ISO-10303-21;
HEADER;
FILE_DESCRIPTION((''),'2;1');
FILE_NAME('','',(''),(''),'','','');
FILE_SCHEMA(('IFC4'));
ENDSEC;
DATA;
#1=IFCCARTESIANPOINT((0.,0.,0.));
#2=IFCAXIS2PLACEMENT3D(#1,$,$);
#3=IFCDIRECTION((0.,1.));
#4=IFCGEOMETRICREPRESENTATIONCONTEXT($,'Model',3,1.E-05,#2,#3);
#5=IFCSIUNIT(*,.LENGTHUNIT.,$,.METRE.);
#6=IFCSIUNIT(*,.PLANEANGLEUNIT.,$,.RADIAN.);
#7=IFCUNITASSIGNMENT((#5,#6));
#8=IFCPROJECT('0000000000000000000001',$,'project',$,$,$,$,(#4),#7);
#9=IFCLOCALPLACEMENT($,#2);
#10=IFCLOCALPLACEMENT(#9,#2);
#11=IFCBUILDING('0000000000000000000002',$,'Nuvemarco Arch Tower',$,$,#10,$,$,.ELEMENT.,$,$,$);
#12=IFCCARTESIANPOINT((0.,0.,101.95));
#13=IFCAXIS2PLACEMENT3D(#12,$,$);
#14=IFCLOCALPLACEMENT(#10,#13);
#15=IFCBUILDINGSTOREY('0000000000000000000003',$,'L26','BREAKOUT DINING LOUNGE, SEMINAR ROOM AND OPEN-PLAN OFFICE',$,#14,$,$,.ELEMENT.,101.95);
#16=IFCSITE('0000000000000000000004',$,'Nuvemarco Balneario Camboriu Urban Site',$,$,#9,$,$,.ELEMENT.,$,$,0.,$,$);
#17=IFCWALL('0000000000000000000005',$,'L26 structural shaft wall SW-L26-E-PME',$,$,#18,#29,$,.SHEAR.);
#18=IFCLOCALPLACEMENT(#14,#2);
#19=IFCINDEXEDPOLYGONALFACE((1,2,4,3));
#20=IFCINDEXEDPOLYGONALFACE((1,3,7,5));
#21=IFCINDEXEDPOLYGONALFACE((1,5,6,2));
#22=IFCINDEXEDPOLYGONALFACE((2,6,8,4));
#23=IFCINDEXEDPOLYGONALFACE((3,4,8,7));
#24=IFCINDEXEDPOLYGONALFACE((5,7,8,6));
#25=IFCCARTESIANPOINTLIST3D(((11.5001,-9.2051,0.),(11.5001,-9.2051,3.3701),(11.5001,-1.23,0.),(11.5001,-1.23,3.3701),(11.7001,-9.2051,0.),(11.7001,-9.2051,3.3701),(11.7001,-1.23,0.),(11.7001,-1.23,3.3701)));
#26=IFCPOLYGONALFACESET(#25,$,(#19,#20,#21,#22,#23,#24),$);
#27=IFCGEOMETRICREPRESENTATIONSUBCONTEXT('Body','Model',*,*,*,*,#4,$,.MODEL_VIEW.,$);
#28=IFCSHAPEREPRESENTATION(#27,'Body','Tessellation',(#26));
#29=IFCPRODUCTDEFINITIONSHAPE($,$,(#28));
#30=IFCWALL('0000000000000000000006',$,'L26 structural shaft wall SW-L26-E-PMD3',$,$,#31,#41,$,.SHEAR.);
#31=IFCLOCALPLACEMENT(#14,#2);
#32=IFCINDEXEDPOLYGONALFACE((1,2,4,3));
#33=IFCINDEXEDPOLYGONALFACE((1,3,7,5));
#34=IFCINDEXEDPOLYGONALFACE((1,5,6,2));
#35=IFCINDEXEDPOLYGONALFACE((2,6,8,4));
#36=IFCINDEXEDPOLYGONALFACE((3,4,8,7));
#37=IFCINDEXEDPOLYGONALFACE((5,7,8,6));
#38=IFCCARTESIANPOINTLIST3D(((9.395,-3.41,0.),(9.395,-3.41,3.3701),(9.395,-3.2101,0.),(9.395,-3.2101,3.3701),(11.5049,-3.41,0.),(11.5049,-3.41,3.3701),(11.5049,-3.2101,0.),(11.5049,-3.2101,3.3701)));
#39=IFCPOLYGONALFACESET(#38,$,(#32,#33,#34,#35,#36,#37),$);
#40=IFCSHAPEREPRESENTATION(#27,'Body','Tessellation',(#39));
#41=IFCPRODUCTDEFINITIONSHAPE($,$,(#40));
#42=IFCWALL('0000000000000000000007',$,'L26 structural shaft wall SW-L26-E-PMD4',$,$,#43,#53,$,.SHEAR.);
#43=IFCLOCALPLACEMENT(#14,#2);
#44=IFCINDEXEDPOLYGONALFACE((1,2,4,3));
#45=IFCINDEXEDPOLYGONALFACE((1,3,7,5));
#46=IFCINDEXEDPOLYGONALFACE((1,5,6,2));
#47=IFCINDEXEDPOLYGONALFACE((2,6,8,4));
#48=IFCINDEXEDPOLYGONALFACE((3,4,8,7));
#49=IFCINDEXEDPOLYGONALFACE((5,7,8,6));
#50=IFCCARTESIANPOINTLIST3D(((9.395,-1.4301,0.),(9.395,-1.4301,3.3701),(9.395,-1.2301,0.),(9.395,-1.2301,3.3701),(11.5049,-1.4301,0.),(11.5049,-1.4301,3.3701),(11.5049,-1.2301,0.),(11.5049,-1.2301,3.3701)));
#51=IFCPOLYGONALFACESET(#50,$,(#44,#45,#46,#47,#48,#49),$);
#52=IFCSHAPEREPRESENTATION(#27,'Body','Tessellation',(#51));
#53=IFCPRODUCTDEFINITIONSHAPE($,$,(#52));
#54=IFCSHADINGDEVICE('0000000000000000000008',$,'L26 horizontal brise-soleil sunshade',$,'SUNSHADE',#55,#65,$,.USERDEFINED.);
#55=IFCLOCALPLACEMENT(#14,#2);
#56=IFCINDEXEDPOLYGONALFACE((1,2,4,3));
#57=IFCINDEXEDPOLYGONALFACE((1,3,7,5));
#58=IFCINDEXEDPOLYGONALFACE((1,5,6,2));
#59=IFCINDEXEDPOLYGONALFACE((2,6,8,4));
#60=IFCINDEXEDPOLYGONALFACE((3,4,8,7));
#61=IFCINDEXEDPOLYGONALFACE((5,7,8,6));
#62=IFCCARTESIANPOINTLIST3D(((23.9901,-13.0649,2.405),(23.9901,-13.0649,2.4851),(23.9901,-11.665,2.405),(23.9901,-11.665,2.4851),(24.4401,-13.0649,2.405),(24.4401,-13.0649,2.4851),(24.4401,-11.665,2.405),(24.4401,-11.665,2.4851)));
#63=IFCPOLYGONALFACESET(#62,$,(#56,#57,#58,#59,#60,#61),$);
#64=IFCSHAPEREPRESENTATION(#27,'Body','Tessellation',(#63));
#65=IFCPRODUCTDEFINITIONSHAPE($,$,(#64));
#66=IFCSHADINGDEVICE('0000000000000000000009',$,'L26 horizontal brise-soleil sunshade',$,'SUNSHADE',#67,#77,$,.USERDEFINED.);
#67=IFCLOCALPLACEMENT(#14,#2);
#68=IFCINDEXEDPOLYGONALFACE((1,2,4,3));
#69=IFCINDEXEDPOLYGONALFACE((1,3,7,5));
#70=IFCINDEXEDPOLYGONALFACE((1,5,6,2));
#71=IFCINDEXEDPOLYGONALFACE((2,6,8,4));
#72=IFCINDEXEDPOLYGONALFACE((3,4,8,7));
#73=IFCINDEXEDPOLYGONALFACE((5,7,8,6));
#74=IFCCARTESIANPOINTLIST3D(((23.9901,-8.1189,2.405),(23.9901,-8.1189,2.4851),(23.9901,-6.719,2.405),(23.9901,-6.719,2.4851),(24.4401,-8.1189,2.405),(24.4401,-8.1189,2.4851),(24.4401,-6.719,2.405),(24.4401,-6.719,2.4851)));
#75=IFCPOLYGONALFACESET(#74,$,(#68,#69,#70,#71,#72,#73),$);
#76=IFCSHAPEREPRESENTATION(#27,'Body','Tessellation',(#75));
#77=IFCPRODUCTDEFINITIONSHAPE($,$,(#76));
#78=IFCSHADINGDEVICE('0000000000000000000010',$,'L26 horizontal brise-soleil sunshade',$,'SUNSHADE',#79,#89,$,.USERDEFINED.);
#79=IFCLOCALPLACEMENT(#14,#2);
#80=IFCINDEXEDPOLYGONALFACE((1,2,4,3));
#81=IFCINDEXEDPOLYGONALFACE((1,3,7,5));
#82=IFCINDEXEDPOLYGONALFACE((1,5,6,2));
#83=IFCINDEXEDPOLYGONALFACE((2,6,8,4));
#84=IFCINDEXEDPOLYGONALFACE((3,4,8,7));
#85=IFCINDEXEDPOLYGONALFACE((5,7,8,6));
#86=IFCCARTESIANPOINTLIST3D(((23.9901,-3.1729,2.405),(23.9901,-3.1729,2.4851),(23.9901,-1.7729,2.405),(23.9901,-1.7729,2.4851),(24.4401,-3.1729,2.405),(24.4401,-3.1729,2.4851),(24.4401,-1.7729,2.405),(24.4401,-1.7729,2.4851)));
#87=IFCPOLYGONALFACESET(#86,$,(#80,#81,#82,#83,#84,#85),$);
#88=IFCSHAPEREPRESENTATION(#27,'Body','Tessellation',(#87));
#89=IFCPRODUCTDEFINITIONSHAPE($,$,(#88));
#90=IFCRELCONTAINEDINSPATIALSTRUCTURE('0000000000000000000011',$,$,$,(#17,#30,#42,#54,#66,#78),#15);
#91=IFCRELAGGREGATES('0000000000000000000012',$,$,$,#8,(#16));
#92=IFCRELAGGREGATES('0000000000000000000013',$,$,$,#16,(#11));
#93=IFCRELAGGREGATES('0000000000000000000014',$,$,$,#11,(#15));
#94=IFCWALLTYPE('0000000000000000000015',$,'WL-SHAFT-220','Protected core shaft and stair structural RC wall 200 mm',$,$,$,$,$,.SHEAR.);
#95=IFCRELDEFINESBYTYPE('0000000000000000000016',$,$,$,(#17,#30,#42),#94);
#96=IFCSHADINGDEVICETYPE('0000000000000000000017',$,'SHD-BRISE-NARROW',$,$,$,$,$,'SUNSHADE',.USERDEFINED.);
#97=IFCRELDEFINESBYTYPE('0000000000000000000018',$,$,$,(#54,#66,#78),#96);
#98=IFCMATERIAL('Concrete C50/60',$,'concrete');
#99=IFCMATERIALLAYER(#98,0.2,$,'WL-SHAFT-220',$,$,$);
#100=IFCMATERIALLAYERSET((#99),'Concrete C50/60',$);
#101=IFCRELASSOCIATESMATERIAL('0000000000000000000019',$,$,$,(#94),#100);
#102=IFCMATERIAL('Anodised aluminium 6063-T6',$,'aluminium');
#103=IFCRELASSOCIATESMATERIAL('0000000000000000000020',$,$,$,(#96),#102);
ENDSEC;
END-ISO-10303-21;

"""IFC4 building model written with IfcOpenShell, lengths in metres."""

from ifc_helpers import new_model, si_unit, direction, frame, frame_2d, origin, origin_2d, place, context, subcontext, project, spatial, rectangle, extrude, source, transform, mapped, material, layer, layer_set, type_object, type_shapes, element, save


model = new_model("IFC4")

# Units and contexts
model_context = context("Model", 3, precision=1e-05, world=origin(), true_north=direction((0.0, 1.0)))
body_context = subcontext(model_context, "Body", "Model", "MODEL_VIEW")
ifc_project = project(units=[si_unit("LENGTHUNIT", "METRE"), si_unit("PLANEANGLEUNIT", "RADIAN")], contexts=[model_context])

# Site, building, storey
site_placement = place(None, origin())
site = spatial("IfcSite", under=ifc_project, at=site_placement, Name="Nuvemarco Balneario Camboriu Urban Site", CompositionType="ELEMENT", RefElevation=0.0)
building_placement = place(site_placement, origin())
building = spatial("IfcBuilding", under=site, at=building_placement, Name="Nuvemarco Arch Tower", CompositionType="ELEMENT")
storey_placement = place(building_placement, frame((0.0, 0.0, 101.95)))
storey = spatial("IfcBuildingStorey", under=building, at=storey_placement, Name="L26", Description="BREAKOUT DINING LOUNGE, SEMINAR ROOM AND OPEN-PLAN OFFICE", CompositionType="ELEMENT", Elevation=101.95)

# Shared definitions
ifc_material_1 = material(Name="Concrete C50/60", Category="concrete")
ifc_layer_1 = layer(ifc_material_1, 0.2, Name="WL-SHAFT-220")
ifc_layer_set_1 = layer_set([ifc_layer_1], Name="Concrete C50/60")
wall_type_1 = type_object("IfcWallType", Name="WL-SHAFT-220", Description="Protected core shaft and stair structural RC wall 200 mm", PredefinedType="SHEAR", material=ifc_layer_set_1)

# Wall
wall_1_placement = place(storey_placement, frame((11.6001, -9.2051, 0.0), z_axis=(0.0, 0.0, 1.0), x_axis=(0.0, 1.0, 0.0)))
element("IfcWall", 1, at=wall_1_placement, inside=storey, type_object=wall_type_1, Name="L26 structural shaft wall SW-L26-E-PME", PredefinedType="SHEAR", context=body_context, shape_type="SweptSolid", body=[
    extrude(rectangle(XDim=7.9751, YDim=0.2, at=frame_2d((3.9875, 0.0))), origin(), (0.0, 0.0, 1.0), 3.3701),
])

# Walls
for number, where, z_axis, x_axis, name in (
    (2, (9.395, -3.3101, 0.0), (0.0, 0.0, 1.0), (1.0, 0.0, 0.0), "L26 structural shaft wall SW-L26-E-PMD3"),
    (3, (9.395, -1.3301, 0.0), (0.0, 0.0, 1.0), (1.0, 0.0, 0.0), "L26 structural shaft wall SW-L26-E-PMD4"),
):
    element("IfcWall", number, at=place(storey_placement, frame(where, z_axis=z_axis, x_axis=x_axis)), inside=storey, type_object=wall_type_1, Name=name, PredefinedType="SHEAR", context=body_context, shape_type="SweptSolid", body=[
        extrude(rectangle(XDim=2.1099, YDim=0.2, at=frame_2d((1.0549, 0.0))), origin(), (0.0, 0.0, 1.0), 3.3701),
    ])

# Shading devices
ifc_material_2 = material(Name="Anodised aluminium 6063-T6", Category="aluminium")
shading_device_type = type_object("IfcShadingDeviceType", Name="SHD-BRISE-NARROW", ElementType="SUNSHADE", PredefinedType="USERDEFINED", material=ifc_material_2)
shared_shape_1 = source(origin(), body_context, "Body", "SweptSolid", [
    extrude(rectangle(XDim=1.3999, YDim=0.45, at=origin_2d()), origin(), (0.0, 0.0, 1.0), 0.0801),
])
type_shapes(shading_device_type, [shared_shape_1])
for number, where, z_axis, x_axis, name in (
    (4, (24.2151, -12.365, 2.405), (0.0, 0.0, 1.0), (0.0, 1.0, 0.0), "L26 horizontal brise-soleil sunshade"),
    (5, (24.2151, -7.4189, 2.405), (0.0, 0.0, 1.0), (0.0, 1.0, 0.0), "L26 horizontal brise-soleil sunshade"),
    (6, (24.2151, -2.4729, 2.405), (0.0, 0.0, 1.0), (0.0, 1.0, 0.0), "L26 horizontal brise-soleil sunshade"),
):
    element("IfcShadingDevice", number, at=place(storey_placement, frame(where, z_axis=z_axis, x_axis=x_axis)), inside=storey, type_object=shading_device_type, Name=name, ObjectType="SUNSHADE", PredefinedType="USERDEFINED", context=body_context, shape_type="MappedRepresentation", body=[
        mapped(shared_shape_1, transform((0.0, 0.0, 0.0), scale=1.0)),
    ])

save(model, "model.ifc")
